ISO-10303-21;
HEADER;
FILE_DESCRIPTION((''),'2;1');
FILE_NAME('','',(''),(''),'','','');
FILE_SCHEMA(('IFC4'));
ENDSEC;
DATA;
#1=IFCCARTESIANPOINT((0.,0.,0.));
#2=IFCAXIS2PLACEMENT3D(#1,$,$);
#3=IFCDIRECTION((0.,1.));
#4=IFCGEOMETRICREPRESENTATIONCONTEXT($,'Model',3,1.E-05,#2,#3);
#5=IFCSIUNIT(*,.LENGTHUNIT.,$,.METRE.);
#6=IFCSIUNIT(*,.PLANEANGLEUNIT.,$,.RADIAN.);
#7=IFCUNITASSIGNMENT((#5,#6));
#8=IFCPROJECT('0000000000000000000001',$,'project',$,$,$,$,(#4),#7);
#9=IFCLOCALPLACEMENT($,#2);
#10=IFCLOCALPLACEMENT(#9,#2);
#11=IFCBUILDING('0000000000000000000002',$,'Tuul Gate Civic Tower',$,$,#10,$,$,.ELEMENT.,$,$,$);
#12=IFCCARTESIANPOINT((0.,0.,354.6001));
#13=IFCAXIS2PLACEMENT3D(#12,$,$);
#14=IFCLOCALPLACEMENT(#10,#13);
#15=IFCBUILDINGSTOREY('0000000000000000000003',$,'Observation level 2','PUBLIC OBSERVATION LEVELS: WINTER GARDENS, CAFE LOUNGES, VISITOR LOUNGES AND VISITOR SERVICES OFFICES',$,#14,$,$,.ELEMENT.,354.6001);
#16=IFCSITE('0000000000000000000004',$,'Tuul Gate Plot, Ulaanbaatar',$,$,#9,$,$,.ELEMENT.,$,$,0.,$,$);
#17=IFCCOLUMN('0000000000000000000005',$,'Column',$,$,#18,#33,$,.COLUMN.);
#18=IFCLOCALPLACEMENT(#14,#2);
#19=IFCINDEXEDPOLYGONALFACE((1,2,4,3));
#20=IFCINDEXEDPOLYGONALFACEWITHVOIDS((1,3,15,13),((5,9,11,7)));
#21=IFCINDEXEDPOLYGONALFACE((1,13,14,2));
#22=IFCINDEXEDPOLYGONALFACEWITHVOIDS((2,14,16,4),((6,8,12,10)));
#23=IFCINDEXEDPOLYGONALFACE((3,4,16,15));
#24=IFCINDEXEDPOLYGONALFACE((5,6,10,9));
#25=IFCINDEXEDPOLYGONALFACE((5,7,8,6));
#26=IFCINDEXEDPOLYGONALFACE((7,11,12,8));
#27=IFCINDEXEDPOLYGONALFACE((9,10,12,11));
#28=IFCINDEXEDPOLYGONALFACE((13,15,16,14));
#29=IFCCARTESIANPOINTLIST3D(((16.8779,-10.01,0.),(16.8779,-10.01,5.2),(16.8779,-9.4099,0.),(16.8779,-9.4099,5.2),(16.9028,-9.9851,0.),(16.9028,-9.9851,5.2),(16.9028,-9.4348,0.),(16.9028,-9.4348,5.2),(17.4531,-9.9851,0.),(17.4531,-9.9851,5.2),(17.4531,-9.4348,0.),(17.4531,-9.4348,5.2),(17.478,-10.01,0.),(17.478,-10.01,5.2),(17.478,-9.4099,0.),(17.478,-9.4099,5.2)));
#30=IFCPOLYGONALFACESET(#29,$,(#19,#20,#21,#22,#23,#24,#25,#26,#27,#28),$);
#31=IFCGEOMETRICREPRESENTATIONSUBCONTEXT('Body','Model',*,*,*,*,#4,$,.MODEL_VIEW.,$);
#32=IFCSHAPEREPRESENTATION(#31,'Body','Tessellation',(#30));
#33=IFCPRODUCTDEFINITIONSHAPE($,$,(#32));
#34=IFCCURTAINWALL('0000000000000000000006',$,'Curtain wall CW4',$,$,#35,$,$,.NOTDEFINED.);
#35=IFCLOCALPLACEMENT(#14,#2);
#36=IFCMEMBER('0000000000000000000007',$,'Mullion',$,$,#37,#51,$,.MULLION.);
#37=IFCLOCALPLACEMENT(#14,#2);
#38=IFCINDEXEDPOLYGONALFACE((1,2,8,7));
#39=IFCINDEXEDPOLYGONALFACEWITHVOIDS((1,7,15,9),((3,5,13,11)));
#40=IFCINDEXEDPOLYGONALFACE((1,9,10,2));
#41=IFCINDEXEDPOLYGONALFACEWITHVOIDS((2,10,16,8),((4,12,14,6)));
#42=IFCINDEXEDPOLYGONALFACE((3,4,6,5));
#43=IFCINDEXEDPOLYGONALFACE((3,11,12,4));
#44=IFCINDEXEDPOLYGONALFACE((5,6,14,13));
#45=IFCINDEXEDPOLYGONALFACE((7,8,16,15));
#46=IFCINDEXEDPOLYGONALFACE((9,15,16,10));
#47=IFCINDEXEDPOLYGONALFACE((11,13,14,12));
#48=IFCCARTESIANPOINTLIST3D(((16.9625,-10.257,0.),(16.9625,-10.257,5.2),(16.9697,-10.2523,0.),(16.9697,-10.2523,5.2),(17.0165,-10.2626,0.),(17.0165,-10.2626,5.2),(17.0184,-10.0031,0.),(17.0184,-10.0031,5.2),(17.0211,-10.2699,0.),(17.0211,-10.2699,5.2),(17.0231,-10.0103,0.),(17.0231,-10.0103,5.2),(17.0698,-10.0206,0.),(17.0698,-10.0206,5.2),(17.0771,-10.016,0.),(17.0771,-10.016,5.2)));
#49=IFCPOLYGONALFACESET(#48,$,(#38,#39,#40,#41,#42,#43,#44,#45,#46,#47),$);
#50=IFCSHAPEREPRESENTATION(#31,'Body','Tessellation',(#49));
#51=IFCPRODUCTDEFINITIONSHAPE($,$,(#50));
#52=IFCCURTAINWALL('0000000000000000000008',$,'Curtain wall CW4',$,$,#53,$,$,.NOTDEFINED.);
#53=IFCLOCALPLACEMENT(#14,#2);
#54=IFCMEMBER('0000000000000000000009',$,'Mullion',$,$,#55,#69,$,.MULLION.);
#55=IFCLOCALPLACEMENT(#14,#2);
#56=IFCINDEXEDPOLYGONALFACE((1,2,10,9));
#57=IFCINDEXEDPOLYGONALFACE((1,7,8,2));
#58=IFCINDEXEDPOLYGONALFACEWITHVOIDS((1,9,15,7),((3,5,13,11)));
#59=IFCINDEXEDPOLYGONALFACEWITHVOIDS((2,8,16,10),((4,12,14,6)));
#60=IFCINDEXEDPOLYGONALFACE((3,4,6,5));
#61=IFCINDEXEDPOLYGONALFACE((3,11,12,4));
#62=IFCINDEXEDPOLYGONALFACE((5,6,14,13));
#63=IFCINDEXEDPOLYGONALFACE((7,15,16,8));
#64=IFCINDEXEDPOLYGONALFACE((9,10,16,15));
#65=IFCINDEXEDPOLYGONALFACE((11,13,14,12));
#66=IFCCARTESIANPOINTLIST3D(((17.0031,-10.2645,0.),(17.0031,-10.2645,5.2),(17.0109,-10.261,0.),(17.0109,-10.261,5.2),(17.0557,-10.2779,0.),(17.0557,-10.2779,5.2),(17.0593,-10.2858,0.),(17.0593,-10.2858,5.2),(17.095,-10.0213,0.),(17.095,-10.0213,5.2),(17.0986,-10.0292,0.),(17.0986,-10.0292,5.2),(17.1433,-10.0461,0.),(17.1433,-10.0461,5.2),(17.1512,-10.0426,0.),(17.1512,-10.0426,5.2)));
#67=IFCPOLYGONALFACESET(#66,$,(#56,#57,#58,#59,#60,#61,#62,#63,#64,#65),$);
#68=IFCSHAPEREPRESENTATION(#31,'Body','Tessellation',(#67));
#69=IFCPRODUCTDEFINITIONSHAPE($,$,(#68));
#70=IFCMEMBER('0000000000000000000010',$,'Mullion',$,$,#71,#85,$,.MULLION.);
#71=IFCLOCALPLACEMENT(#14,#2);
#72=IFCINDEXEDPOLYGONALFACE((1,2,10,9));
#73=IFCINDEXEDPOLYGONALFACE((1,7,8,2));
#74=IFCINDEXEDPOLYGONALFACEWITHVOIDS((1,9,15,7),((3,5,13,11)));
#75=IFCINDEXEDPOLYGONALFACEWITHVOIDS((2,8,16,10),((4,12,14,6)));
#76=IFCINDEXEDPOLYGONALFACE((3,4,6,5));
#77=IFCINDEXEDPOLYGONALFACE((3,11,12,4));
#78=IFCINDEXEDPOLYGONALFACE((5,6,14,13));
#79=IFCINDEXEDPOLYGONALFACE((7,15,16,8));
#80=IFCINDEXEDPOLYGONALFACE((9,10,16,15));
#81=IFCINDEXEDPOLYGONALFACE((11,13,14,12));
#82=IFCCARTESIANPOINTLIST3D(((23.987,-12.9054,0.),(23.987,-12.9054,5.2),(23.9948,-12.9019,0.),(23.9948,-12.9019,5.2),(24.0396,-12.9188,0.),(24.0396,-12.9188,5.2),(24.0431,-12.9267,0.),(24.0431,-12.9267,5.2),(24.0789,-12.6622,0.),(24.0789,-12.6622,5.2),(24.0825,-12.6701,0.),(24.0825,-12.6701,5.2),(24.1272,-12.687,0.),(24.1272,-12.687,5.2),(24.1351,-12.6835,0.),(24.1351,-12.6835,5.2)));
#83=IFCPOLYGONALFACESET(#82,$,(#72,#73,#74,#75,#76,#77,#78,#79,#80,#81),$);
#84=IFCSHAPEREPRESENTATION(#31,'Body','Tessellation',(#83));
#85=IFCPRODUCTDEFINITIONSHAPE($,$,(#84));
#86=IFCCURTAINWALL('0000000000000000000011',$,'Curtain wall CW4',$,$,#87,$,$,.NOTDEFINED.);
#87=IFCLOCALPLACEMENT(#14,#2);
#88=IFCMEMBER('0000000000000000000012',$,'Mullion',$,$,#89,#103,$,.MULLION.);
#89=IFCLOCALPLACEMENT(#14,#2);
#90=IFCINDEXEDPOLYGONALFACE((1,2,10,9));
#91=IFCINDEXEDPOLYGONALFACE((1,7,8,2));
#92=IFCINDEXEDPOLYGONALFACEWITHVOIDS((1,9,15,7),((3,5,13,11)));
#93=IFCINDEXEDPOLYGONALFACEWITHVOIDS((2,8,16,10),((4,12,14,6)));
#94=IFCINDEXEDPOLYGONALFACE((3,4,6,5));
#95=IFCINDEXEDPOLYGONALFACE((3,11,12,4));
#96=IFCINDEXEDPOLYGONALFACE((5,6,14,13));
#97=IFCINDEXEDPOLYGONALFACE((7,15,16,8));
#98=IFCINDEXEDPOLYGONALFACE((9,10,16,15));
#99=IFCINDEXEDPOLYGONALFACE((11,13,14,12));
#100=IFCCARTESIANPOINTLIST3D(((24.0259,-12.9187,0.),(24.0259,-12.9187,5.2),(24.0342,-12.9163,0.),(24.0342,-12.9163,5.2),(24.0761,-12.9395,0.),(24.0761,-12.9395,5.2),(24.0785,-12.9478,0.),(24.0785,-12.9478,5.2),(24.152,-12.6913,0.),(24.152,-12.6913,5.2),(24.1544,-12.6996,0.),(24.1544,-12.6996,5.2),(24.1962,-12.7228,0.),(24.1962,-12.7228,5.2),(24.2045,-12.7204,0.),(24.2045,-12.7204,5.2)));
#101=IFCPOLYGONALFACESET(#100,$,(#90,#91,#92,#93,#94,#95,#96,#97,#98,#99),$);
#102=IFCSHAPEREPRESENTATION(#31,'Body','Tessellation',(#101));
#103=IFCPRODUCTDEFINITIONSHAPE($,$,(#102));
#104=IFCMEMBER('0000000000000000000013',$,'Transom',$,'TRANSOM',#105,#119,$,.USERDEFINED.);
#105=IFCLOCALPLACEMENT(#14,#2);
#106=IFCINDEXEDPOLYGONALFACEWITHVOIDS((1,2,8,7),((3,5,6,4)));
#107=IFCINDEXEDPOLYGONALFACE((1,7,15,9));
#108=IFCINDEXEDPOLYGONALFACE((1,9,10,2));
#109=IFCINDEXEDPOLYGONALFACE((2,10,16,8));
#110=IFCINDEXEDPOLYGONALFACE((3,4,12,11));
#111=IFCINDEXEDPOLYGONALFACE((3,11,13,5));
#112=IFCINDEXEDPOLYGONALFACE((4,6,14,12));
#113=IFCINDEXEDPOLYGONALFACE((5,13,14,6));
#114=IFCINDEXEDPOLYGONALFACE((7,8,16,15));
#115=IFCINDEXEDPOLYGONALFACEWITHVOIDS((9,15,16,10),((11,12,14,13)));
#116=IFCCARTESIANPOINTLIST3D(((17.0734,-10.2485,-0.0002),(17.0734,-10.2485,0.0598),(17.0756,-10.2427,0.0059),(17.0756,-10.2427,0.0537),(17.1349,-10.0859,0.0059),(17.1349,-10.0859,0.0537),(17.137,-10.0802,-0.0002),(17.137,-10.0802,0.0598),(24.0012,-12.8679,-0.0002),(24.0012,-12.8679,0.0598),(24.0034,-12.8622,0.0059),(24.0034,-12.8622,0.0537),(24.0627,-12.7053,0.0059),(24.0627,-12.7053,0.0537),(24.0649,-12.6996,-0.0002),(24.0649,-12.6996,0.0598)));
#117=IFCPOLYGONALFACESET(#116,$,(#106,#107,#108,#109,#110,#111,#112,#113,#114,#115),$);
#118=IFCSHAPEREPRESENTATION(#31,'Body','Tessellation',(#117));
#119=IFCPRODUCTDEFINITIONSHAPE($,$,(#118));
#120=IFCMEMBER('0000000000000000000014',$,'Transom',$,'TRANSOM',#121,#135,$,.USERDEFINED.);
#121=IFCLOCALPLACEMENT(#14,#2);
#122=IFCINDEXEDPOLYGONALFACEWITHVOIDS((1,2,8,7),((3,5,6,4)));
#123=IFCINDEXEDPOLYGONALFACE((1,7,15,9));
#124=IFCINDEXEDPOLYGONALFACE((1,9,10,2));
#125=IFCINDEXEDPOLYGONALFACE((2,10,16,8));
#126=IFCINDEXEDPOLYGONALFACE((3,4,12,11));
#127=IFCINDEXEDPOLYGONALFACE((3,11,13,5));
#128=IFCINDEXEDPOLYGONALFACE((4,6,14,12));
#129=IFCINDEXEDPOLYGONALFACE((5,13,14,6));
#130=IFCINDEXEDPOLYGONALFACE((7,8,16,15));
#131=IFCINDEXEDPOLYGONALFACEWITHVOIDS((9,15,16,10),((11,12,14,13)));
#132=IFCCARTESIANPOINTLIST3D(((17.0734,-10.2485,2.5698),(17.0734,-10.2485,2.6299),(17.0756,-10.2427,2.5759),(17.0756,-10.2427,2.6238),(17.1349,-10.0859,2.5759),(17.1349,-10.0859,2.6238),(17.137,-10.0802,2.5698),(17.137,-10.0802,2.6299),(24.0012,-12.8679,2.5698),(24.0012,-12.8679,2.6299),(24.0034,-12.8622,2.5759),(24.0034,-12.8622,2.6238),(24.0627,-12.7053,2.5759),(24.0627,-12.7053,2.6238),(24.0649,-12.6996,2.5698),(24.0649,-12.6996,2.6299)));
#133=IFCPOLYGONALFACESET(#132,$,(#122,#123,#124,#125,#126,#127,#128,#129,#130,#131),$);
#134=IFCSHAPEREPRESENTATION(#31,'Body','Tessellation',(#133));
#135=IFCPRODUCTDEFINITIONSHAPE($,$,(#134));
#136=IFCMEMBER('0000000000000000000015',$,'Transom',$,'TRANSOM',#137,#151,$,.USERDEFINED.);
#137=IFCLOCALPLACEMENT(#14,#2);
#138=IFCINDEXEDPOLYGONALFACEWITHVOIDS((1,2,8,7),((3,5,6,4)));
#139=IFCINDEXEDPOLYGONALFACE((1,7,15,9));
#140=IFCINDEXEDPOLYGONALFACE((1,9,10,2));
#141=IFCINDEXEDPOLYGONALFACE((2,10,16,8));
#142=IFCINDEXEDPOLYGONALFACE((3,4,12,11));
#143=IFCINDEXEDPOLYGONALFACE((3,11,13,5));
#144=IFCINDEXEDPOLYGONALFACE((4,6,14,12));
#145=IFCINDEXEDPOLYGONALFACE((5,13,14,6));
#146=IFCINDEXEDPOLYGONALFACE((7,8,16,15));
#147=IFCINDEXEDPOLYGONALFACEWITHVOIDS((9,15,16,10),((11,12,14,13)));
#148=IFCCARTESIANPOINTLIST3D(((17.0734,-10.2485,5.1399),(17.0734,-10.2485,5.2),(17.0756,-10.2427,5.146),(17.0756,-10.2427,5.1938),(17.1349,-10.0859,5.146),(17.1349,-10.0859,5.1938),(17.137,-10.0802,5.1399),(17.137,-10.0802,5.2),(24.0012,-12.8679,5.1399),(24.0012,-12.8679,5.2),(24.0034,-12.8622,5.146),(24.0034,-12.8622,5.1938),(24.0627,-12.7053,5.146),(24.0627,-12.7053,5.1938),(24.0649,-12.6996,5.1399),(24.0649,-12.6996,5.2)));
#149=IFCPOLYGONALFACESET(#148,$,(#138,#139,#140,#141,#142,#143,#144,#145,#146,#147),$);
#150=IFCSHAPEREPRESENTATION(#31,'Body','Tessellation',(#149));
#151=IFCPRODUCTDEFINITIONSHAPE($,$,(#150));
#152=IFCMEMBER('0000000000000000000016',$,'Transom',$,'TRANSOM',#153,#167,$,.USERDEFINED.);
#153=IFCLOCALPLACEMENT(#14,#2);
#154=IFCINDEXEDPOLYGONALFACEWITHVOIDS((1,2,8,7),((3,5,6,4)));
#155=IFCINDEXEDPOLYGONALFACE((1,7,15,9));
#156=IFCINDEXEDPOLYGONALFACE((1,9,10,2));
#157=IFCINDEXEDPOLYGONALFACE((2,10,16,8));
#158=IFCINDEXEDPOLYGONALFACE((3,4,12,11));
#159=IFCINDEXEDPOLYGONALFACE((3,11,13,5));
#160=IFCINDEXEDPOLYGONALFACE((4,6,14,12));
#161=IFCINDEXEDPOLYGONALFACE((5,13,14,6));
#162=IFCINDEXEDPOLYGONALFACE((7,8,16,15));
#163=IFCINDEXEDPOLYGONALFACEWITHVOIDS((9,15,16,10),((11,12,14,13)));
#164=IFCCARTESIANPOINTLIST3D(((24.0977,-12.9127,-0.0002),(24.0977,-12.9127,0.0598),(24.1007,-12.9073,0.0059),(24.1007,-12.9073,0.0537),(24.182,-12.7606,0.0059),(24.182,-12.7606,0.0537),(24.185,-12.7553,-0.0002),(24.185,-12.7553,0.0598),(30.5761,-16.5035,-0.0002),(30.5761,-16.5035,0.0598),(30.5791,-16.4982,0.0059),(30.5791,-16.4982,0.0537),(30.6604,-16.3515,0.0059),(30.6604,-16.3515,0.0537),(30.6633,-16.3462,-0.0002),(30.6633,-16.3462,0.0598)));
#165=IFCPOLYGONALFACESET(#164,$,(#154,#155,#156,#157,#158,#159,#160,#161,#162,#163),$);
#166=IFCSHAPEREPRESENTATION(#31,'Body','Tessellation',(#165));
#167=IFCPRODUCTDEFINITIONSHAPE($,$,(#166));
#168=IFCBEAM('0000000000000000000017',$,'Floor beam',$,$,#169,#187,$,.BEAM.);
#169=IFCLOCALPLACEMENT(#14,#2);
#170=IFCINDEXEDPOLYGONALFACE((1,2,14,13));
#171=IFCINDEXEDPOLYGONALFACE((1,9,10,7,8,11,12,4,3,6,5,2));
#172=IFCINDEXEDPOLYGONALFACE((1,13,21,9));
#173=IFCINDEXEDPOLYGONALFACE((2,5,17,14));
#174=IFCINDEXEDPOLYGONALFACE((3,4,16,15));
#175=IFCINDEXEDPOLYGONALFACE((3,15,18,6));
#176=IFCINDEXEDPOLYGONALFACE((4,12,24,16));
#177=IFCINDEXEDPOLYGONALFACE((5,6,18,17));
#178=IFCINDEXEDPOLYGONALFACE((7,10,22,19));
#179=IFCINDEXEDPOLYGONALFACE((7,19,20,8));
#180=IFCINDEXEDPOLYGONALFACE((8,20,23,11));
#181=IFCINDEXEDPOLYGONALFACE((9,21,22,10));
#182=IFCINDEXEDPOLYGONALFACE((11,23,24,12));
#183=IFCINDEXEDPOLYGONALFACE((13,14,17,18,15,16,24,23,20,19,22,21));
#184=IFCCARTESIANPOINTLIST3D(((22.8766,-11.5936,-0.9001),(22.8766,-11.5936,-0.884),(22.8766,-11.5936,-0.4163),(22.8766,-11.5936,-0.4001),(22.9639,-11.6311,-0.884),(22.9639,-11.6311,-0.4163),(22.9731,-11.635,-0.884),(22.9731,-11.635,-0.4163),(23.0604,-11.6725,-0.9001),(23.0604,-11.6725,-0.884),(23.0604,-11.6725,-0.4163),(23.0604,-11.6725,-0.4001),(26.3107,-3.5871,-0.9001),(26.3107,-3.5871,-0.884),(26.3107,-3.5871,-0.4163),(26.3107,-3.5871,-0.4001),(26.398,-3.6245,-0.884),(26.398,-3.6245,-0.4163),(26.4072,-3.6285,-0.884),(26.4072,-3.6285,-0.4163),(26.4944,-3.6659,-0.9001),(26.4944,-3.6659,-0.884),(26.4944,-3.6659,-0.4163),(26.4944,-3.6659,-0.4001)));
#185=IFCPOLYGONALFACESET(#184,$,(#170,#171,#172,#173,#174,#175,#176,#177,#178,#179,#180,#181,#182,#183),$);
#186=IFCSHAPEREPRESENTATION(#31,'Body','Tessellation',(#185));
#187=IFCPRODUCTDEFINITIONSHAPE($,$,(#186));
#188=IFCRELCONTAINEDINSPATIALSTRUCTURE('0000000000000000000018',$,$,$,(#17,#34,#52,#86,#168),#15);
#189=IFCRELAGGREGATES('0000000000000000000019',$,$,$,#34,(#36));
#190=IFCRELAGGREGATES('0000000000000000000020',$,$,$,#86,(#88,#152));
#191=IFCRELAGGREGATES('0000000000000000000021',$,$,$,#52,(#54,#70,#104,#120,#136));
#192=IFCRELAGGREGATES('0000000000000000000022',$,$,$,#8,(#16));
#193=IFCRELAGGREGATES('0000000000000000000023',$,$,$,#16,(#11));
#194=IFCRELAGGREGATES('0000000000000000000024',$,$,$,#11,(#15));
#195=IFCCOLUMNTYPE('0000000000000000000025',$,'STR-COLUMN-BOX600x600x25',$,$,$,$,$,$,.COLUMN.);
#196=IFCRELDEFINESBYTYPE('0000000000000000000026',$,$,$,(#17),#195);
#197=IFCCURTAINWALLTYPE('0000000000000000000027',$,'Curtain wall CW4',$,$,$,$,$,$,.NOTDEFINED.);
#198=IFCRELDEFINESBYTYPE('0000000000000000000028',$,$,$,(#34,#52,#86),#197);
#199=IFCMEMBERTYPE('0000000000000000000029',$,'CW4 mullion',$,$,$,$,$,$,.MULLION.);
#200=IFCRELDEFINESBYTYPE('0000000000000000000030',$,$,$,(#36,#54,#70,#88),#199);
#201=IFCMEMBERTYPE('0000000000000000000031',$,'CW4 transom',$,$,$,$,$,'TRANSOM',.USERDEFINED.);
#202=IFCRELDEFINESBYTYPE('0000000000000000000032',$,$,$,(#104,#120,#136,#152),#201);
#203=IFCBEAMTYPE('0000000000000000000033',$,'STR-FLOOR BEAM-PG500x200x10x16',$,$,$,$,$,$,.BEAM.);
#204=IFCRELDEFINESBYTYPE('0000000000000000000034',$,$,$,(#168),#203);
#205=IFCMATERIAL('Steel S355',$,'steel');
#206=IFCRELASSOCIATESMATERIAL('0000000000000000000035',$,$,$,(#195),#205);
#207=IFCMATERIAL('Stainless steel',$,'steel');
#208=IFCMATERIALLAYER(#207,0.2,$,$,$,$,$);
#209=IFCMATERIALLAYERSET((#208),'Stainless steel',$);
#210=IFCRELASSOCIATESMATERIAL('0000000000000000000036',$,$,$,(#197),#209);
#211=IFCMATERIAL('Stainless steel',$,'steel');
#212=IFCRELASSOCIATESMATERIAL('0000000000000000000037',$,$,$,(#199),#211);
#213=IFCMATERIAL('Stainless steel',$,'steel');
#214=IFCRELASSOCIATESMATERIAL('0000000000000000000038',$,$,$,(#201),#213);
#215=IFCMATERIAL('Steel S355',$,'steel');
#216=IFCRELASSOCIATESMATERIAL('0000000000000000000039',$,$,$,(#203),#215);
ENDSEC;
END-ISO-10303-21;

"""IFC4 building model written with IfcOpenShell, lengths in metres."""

from ifc_helpers import new_model, si_unit, direction, frame, origin, origin_2d, place, context, subcontext, project, spatial, hollow_rectangle, i_section, extrude, material, layer, layer_set, material_profile, profile_set, type_object, element, aggregate, save


model = new_model("IFC4")

# Units and contexts
model_context = context("Model", 3, precision=1e-05, world=origin(), true_north=direction((0.0, 1.0)))
body_context = subcontext(model_context, "Body", "Model", "MODEL_VIEW")
ifc_project = project(units=[si_unit("LENGTHUNIT", "METRE"), si_unit("PLANEANGLEUNIT", "RADIAN")], contexts=[model_context])

# Site, building, storey
site_placement = place(None, origin())
site = spatial("IfcSite", under=ifc_project, at=site_placement, Name="Tuul Gate Plot, Ulaanbaatar", CompositionType="ELEMENT", RefElevation=0.0)
building_placement = place(site_placement, origin())
building = spatial("IfcBuilding", under=site, at=building_placement, Name="Tuul Gate Civic Tower", CompositionType="ELEMENT")
storey_placement = place(building_placement, frame((0.0, 0.0, 354.6001)))
storey = spatial("IfcBuildingStorey", under=building, at=storey_placement, Name="Observation level 2", Description="PUBLIC OBSERVATION LEVELS: WINTER GARDENS, CAFE LOUNGES, VISITOR LOUNGES AND VISITOR SERVICES OFFICES", CompositionType="ELEMENT", Elevation=354.6001)

# Column
ifc_material_1 = material(Name="Steel S355", Category="steel")
ifc_material_profile_1 = material_profile(ifc_material_1, hollow_rectangle(XDim=0.6001, YDim=0.6001, WallThickness=0.0249, at=origin_2d()), Name="BOX600x600x25")
ifc_profile_set_1 = profile_set([ifc_material_profile_1], Name="Steel S355")
column_type = type_object("IfcColumnType", Name="STR-COLUMN-BOX600x600x25", PredefinedType="COLUMN", material=ifc_profile_set_1)
column_placement = place(storey_placement, frame((17.178, -9.71, 0.0), z_axis=(0.0, 0.0, 1.0), x_axis=(1.0, 0.0, 0.0)))
element("IfcColumn", 1, at=column_placement, inside=storey, type_object=column_type, Name="Column", PredefinedType="COLUMN", context=body_context, shape_type="SweptSolid", body=[
    extrude(hollow_rectangle(XDim=0.6001, YDim=0.6001, WallThickness=0.0249, at=origin_2d()), origin(), (0.0, 0.0, 1.0), 5.2),
])

# Curtain wall, member
ifc_material_2 = material(Name="Stainless steel", Category="steel")
ifc_layer_1 = layer(ifc_material_2, 0.2)
ifc_layer_set_1 = layer_set([ifc_layer_1], Name="Stainless steel")
curtain_wall_type = type_object("IfcCurtainWallType", Name="Curtain wall CW4", PredefinedType="NOTDEFINED", material=ifc_layer_set_1)
curtain_wall_1_placement = place(storey_placement, origin())
curtain_wall_1 = element("IfcCurtainWall", 2, at=curtain_wall_1_placement, inside=storey, type_object=curtain_wall_type, Name="Curtain wall CW4", PredefinedType="NOTDEFINED")
ifc_material_3 = material(Name="Stainless steel", Category="steel")
ifc_material_profile_2 = material_profile(ifc_material_3, hollow_rectangle(XDim=0.26, YDim=0.0601, WallThickness=0.0061, at=origin_2d()), Name="CW4 mullion")
ifc_profile_set_2 = profile_set([ifc_material_profile_2], Name="Stainless steel")
member_type_1 = type_object("IfcMemberType", Name="CW4 mullion", PredefinedType="MULLION", material=ifc_profile_set_2)
member_1_placement = place(storey_placement, frame((17.0198, -10.1365, 0.0), z_axis=(0.0, 0.0, 1.0), x_axis=(0.215242, 0.976561, 0.0)))
member_1 = element("IfcMember", 3, at=member_1_placement, type_object=member_type_1, Name="Mullion", PredefinedType="MULLION", context=body_context, shape_type="SweptSolid", body=[
    extrude(hollow_rectangle(XDim=0.26, YDim=0.0601, WallThickness=0.0061, at=origin_2d()), origin(), (0.0, 0.0, 1.0), 5.2),
])
aggregate(curtain_wall_1, [member_1])

# Curtain wall, members
curtain_wall_2_placement = place(storey_placement, origin())
curtain_wall_2 = element("IfcCurtainWall", 4, at=curtain_wall_2_placement, inside=storey, type_object=curtain_wall_type, Name="Curtain wall CW4", PredefinedType="NOTDEFINED")
member_2_placement = place(storey_placement, frame((17.0771, -10.1536, 0.0), z_axis=(0.0, 0.0, 1.0), x_axis=(0.353685, 0.935365, 0.0)))
member_2 = element("IfcMember", 5, at=member_2_placement, type_object=member_type_1, Name="Mullion", PredefinedType="MULLION", context=body_context, shape_type="SweptSolid", body=[
    extrude(hollow_rectangle(XDim=0.26, YDim=0.0601, WallThickness=0.0061, at=origin_2d()), origin(), (0.0, 0.0, 1.0), 5.2),
])
member_3_placement = place(storey_placement, frame((24.061, -12.7944, 0.0), z_axis=(0.0, 0.0, 1.0), x_axis=(0.353685, 0.935365, 0.0)))
member_3 = element("IfcMember", 6, at=member_3_placement, type_object=member_type_1, Name="Mullion", PredefinedType="MULLION", context=body_context, shape_type="SweptSolid", body=[
    extrude(hollow_rectangle(XDim=0.26, YDim=0.0601, WallThickness=0.0061, at=origin_2d()), origin(), (0.0, 0.0, 1.0), 5.2),
])

# Curtain wall, member
curtain_wall_3_placement = place(storey_placement, origin())
curtain_wall_3 = element("IfcCurtainWall", 7, at=curtain_wall_3_placement, inside=storey, type_object=curtain_wall_type, Name="Curtain wall CW4", PredefinedType="NOTDEFINED")
member_4_placement = place(storey_placement, frame((24.1152, -12.8196, 0.0), z_axis=(0.0, 0.0, 1.0), x_axis=(0.484808, 0.874621, 0.0)))
member_4 = element("IfcMember", 8, at=member_4_placement, type_object=member_type_1, Name="Mullion", PredefinedType="MULLION", context=body_context, shape_type="SweptSolid", body=[
    extrude(hollow_rectangle(XDim=0.26, YDim=0.0601, WallThickness=0.0061, at=origin_2d()), origin(), (0.0, 0.0, 1.0), 5.2),
])

# Members
ifc_material_4 = material(Name="Stainless steel", Category="steel")
ifc_material_profile_3 = material_profile(ifc_material_4, hollow_rectangle(XDim=0.1799, YDim=0.0601, WallThickness=0.0061, at=origin_2d()), Name="CW4 transom")
ifc_profile_set_3 = profile_set([ifc_material_profile_3], Name="Stainless steel")
member_type_2 = type_object("IfcMemberType", Name="CW4 transom", ElementType="TRANSOM", PredefinedType="USERDEFINED", material=ifc_profile_set_3)
member_5_placement = place(storey_placement, frame((17.1052, -10.1643, 0.0298), z_axis=(0.935372, -0.353665, 0.0), x_axis=(0.353665, 0.935372, 0.0)))
member_5 = element("IfcMember", 9, at=member_5_placement, type_object=member_type_2, Name="Transom", ObjectType="TRANSOM", PredefinedType="USERDEFINED", context=body_context, shape_type="SweptSolid", body=[
    extrude(hollow_rectangle(XDim=0.1799, YDim=0.0601, WallThickness=0.0061, at=origin_2d()), origin(), (0.0, 0.0, 1.0), 7.4065),
])
member_6_placement = place(storey_placement, frame((17.1052, -10.1643, 2.5999), z_axis=(0.935372, -0.353665, 0.0), x_axis=(0.353665, 0.935372, 0.0)))
member_6 = element("IfcMember", 10, at=member_6_placement, type_object=member_type_2, Name="Transom", ObjectType="TRANSOM", PredefinedType="USERDEFINED", context=body_context, shape_type="SweptSolid", body=[
    extrude(hollow_rectangle(XDim=0.1799, YDim=0.0601, WallThickness=0.0061, at=origin_2d()), origin(), (0.0, 0.0, 1.0), 7.4065),
])
member_7_placement = place(storey_placement, frame((17.1052, -10.1643, 5.1699), z_axis=(0.935372, -0.353665, 0.0), x_axis=(0.353665, 0.935372, 0.0)))
member_7 = element("IfcMember", 11, at=member_7_placement, type_object=member_type_2, Name="Transom", ObjectType="TRANSOM", PredefinedType="USERDEFINED", context=body_context, shape_type="SweptSolid", body=[
    extrude(hollow_rectangle(XDim=0.1799, YDim=0.0601, WallThickness=0.0061, at=origin_2d()), origin(), (0.0, 0.0, 1.0), 7.4065),
])
member_8_placement = place(storey_placement, frame((24.1414, -12.834, 0.0298), z_axis=(0.874628, -0.484795, 0.0), x_axis=(0.484795, 0.874628, 0.0)))
member_8 = element("IfcMember", 12, at=member_8_placement, type_object=member_type_2, Name="Transom", ObjectType="TRANSOM", PredefinedType="USERDEFINED", context=body_context, shape_type="SweptSolid", body=[
    extrude(hollow_rectangle(XDim=0.1799, YDim=0.0601, WallThickness=0.0061, at=origin_2d()), origin(), (0.0, 0.0, 1.0), 7.407),
])
aggregate(curtain_wall_3, [member_4, member_8])

# Beam
ifc_material_5 = material(Name="Steel S355", Category="steel")
ifc_material_profile_4 = material_profile(ifc_material_5, i_section(OverallWidth=0.2, OverallDepth=0.5, WebThickness=0.01, FlangeThickness=0.0161, at=origin_2d()), Name="PG500x200x10x16")
ifc_profile_set_4 = profile_set([ifc_material_profile_4], Name="Steel S355")
beam_type_1 = type_object("IfcBeamType", Name="STR-FLOOR BEAM-PG500x200x10x16", PredefinedType="BEAM", material=ifc_profile_set_4)
beam_1_placement = place(storey_placement, frame((22.9685, -11.6331, -0.6501), z_axis=(0.39418, 0.919033, 0.0), x_axis=(-0.919033, 0.39418, 0.0)))
element("IfcBeam", 13, at=beam_1_placement, inside=storey, type_object=beam_type_1, Name="Floor beam", PredefinedType="BEAM", context=body_context, shape_type="SweptSolid", body=[
    extrude(i_section(OverallWidth=0.2, OverallDepth=0.5, WebThickness=0.01, FlangeThickness=0.0161, at=origin_2d()), origin(), (0.0, 0.0, 1.0), 8.7119),
])

aggregate(curtain_wall_2, [member_2, member_3, member_5, member_6, member_7])

save(model, "model.ifc")
